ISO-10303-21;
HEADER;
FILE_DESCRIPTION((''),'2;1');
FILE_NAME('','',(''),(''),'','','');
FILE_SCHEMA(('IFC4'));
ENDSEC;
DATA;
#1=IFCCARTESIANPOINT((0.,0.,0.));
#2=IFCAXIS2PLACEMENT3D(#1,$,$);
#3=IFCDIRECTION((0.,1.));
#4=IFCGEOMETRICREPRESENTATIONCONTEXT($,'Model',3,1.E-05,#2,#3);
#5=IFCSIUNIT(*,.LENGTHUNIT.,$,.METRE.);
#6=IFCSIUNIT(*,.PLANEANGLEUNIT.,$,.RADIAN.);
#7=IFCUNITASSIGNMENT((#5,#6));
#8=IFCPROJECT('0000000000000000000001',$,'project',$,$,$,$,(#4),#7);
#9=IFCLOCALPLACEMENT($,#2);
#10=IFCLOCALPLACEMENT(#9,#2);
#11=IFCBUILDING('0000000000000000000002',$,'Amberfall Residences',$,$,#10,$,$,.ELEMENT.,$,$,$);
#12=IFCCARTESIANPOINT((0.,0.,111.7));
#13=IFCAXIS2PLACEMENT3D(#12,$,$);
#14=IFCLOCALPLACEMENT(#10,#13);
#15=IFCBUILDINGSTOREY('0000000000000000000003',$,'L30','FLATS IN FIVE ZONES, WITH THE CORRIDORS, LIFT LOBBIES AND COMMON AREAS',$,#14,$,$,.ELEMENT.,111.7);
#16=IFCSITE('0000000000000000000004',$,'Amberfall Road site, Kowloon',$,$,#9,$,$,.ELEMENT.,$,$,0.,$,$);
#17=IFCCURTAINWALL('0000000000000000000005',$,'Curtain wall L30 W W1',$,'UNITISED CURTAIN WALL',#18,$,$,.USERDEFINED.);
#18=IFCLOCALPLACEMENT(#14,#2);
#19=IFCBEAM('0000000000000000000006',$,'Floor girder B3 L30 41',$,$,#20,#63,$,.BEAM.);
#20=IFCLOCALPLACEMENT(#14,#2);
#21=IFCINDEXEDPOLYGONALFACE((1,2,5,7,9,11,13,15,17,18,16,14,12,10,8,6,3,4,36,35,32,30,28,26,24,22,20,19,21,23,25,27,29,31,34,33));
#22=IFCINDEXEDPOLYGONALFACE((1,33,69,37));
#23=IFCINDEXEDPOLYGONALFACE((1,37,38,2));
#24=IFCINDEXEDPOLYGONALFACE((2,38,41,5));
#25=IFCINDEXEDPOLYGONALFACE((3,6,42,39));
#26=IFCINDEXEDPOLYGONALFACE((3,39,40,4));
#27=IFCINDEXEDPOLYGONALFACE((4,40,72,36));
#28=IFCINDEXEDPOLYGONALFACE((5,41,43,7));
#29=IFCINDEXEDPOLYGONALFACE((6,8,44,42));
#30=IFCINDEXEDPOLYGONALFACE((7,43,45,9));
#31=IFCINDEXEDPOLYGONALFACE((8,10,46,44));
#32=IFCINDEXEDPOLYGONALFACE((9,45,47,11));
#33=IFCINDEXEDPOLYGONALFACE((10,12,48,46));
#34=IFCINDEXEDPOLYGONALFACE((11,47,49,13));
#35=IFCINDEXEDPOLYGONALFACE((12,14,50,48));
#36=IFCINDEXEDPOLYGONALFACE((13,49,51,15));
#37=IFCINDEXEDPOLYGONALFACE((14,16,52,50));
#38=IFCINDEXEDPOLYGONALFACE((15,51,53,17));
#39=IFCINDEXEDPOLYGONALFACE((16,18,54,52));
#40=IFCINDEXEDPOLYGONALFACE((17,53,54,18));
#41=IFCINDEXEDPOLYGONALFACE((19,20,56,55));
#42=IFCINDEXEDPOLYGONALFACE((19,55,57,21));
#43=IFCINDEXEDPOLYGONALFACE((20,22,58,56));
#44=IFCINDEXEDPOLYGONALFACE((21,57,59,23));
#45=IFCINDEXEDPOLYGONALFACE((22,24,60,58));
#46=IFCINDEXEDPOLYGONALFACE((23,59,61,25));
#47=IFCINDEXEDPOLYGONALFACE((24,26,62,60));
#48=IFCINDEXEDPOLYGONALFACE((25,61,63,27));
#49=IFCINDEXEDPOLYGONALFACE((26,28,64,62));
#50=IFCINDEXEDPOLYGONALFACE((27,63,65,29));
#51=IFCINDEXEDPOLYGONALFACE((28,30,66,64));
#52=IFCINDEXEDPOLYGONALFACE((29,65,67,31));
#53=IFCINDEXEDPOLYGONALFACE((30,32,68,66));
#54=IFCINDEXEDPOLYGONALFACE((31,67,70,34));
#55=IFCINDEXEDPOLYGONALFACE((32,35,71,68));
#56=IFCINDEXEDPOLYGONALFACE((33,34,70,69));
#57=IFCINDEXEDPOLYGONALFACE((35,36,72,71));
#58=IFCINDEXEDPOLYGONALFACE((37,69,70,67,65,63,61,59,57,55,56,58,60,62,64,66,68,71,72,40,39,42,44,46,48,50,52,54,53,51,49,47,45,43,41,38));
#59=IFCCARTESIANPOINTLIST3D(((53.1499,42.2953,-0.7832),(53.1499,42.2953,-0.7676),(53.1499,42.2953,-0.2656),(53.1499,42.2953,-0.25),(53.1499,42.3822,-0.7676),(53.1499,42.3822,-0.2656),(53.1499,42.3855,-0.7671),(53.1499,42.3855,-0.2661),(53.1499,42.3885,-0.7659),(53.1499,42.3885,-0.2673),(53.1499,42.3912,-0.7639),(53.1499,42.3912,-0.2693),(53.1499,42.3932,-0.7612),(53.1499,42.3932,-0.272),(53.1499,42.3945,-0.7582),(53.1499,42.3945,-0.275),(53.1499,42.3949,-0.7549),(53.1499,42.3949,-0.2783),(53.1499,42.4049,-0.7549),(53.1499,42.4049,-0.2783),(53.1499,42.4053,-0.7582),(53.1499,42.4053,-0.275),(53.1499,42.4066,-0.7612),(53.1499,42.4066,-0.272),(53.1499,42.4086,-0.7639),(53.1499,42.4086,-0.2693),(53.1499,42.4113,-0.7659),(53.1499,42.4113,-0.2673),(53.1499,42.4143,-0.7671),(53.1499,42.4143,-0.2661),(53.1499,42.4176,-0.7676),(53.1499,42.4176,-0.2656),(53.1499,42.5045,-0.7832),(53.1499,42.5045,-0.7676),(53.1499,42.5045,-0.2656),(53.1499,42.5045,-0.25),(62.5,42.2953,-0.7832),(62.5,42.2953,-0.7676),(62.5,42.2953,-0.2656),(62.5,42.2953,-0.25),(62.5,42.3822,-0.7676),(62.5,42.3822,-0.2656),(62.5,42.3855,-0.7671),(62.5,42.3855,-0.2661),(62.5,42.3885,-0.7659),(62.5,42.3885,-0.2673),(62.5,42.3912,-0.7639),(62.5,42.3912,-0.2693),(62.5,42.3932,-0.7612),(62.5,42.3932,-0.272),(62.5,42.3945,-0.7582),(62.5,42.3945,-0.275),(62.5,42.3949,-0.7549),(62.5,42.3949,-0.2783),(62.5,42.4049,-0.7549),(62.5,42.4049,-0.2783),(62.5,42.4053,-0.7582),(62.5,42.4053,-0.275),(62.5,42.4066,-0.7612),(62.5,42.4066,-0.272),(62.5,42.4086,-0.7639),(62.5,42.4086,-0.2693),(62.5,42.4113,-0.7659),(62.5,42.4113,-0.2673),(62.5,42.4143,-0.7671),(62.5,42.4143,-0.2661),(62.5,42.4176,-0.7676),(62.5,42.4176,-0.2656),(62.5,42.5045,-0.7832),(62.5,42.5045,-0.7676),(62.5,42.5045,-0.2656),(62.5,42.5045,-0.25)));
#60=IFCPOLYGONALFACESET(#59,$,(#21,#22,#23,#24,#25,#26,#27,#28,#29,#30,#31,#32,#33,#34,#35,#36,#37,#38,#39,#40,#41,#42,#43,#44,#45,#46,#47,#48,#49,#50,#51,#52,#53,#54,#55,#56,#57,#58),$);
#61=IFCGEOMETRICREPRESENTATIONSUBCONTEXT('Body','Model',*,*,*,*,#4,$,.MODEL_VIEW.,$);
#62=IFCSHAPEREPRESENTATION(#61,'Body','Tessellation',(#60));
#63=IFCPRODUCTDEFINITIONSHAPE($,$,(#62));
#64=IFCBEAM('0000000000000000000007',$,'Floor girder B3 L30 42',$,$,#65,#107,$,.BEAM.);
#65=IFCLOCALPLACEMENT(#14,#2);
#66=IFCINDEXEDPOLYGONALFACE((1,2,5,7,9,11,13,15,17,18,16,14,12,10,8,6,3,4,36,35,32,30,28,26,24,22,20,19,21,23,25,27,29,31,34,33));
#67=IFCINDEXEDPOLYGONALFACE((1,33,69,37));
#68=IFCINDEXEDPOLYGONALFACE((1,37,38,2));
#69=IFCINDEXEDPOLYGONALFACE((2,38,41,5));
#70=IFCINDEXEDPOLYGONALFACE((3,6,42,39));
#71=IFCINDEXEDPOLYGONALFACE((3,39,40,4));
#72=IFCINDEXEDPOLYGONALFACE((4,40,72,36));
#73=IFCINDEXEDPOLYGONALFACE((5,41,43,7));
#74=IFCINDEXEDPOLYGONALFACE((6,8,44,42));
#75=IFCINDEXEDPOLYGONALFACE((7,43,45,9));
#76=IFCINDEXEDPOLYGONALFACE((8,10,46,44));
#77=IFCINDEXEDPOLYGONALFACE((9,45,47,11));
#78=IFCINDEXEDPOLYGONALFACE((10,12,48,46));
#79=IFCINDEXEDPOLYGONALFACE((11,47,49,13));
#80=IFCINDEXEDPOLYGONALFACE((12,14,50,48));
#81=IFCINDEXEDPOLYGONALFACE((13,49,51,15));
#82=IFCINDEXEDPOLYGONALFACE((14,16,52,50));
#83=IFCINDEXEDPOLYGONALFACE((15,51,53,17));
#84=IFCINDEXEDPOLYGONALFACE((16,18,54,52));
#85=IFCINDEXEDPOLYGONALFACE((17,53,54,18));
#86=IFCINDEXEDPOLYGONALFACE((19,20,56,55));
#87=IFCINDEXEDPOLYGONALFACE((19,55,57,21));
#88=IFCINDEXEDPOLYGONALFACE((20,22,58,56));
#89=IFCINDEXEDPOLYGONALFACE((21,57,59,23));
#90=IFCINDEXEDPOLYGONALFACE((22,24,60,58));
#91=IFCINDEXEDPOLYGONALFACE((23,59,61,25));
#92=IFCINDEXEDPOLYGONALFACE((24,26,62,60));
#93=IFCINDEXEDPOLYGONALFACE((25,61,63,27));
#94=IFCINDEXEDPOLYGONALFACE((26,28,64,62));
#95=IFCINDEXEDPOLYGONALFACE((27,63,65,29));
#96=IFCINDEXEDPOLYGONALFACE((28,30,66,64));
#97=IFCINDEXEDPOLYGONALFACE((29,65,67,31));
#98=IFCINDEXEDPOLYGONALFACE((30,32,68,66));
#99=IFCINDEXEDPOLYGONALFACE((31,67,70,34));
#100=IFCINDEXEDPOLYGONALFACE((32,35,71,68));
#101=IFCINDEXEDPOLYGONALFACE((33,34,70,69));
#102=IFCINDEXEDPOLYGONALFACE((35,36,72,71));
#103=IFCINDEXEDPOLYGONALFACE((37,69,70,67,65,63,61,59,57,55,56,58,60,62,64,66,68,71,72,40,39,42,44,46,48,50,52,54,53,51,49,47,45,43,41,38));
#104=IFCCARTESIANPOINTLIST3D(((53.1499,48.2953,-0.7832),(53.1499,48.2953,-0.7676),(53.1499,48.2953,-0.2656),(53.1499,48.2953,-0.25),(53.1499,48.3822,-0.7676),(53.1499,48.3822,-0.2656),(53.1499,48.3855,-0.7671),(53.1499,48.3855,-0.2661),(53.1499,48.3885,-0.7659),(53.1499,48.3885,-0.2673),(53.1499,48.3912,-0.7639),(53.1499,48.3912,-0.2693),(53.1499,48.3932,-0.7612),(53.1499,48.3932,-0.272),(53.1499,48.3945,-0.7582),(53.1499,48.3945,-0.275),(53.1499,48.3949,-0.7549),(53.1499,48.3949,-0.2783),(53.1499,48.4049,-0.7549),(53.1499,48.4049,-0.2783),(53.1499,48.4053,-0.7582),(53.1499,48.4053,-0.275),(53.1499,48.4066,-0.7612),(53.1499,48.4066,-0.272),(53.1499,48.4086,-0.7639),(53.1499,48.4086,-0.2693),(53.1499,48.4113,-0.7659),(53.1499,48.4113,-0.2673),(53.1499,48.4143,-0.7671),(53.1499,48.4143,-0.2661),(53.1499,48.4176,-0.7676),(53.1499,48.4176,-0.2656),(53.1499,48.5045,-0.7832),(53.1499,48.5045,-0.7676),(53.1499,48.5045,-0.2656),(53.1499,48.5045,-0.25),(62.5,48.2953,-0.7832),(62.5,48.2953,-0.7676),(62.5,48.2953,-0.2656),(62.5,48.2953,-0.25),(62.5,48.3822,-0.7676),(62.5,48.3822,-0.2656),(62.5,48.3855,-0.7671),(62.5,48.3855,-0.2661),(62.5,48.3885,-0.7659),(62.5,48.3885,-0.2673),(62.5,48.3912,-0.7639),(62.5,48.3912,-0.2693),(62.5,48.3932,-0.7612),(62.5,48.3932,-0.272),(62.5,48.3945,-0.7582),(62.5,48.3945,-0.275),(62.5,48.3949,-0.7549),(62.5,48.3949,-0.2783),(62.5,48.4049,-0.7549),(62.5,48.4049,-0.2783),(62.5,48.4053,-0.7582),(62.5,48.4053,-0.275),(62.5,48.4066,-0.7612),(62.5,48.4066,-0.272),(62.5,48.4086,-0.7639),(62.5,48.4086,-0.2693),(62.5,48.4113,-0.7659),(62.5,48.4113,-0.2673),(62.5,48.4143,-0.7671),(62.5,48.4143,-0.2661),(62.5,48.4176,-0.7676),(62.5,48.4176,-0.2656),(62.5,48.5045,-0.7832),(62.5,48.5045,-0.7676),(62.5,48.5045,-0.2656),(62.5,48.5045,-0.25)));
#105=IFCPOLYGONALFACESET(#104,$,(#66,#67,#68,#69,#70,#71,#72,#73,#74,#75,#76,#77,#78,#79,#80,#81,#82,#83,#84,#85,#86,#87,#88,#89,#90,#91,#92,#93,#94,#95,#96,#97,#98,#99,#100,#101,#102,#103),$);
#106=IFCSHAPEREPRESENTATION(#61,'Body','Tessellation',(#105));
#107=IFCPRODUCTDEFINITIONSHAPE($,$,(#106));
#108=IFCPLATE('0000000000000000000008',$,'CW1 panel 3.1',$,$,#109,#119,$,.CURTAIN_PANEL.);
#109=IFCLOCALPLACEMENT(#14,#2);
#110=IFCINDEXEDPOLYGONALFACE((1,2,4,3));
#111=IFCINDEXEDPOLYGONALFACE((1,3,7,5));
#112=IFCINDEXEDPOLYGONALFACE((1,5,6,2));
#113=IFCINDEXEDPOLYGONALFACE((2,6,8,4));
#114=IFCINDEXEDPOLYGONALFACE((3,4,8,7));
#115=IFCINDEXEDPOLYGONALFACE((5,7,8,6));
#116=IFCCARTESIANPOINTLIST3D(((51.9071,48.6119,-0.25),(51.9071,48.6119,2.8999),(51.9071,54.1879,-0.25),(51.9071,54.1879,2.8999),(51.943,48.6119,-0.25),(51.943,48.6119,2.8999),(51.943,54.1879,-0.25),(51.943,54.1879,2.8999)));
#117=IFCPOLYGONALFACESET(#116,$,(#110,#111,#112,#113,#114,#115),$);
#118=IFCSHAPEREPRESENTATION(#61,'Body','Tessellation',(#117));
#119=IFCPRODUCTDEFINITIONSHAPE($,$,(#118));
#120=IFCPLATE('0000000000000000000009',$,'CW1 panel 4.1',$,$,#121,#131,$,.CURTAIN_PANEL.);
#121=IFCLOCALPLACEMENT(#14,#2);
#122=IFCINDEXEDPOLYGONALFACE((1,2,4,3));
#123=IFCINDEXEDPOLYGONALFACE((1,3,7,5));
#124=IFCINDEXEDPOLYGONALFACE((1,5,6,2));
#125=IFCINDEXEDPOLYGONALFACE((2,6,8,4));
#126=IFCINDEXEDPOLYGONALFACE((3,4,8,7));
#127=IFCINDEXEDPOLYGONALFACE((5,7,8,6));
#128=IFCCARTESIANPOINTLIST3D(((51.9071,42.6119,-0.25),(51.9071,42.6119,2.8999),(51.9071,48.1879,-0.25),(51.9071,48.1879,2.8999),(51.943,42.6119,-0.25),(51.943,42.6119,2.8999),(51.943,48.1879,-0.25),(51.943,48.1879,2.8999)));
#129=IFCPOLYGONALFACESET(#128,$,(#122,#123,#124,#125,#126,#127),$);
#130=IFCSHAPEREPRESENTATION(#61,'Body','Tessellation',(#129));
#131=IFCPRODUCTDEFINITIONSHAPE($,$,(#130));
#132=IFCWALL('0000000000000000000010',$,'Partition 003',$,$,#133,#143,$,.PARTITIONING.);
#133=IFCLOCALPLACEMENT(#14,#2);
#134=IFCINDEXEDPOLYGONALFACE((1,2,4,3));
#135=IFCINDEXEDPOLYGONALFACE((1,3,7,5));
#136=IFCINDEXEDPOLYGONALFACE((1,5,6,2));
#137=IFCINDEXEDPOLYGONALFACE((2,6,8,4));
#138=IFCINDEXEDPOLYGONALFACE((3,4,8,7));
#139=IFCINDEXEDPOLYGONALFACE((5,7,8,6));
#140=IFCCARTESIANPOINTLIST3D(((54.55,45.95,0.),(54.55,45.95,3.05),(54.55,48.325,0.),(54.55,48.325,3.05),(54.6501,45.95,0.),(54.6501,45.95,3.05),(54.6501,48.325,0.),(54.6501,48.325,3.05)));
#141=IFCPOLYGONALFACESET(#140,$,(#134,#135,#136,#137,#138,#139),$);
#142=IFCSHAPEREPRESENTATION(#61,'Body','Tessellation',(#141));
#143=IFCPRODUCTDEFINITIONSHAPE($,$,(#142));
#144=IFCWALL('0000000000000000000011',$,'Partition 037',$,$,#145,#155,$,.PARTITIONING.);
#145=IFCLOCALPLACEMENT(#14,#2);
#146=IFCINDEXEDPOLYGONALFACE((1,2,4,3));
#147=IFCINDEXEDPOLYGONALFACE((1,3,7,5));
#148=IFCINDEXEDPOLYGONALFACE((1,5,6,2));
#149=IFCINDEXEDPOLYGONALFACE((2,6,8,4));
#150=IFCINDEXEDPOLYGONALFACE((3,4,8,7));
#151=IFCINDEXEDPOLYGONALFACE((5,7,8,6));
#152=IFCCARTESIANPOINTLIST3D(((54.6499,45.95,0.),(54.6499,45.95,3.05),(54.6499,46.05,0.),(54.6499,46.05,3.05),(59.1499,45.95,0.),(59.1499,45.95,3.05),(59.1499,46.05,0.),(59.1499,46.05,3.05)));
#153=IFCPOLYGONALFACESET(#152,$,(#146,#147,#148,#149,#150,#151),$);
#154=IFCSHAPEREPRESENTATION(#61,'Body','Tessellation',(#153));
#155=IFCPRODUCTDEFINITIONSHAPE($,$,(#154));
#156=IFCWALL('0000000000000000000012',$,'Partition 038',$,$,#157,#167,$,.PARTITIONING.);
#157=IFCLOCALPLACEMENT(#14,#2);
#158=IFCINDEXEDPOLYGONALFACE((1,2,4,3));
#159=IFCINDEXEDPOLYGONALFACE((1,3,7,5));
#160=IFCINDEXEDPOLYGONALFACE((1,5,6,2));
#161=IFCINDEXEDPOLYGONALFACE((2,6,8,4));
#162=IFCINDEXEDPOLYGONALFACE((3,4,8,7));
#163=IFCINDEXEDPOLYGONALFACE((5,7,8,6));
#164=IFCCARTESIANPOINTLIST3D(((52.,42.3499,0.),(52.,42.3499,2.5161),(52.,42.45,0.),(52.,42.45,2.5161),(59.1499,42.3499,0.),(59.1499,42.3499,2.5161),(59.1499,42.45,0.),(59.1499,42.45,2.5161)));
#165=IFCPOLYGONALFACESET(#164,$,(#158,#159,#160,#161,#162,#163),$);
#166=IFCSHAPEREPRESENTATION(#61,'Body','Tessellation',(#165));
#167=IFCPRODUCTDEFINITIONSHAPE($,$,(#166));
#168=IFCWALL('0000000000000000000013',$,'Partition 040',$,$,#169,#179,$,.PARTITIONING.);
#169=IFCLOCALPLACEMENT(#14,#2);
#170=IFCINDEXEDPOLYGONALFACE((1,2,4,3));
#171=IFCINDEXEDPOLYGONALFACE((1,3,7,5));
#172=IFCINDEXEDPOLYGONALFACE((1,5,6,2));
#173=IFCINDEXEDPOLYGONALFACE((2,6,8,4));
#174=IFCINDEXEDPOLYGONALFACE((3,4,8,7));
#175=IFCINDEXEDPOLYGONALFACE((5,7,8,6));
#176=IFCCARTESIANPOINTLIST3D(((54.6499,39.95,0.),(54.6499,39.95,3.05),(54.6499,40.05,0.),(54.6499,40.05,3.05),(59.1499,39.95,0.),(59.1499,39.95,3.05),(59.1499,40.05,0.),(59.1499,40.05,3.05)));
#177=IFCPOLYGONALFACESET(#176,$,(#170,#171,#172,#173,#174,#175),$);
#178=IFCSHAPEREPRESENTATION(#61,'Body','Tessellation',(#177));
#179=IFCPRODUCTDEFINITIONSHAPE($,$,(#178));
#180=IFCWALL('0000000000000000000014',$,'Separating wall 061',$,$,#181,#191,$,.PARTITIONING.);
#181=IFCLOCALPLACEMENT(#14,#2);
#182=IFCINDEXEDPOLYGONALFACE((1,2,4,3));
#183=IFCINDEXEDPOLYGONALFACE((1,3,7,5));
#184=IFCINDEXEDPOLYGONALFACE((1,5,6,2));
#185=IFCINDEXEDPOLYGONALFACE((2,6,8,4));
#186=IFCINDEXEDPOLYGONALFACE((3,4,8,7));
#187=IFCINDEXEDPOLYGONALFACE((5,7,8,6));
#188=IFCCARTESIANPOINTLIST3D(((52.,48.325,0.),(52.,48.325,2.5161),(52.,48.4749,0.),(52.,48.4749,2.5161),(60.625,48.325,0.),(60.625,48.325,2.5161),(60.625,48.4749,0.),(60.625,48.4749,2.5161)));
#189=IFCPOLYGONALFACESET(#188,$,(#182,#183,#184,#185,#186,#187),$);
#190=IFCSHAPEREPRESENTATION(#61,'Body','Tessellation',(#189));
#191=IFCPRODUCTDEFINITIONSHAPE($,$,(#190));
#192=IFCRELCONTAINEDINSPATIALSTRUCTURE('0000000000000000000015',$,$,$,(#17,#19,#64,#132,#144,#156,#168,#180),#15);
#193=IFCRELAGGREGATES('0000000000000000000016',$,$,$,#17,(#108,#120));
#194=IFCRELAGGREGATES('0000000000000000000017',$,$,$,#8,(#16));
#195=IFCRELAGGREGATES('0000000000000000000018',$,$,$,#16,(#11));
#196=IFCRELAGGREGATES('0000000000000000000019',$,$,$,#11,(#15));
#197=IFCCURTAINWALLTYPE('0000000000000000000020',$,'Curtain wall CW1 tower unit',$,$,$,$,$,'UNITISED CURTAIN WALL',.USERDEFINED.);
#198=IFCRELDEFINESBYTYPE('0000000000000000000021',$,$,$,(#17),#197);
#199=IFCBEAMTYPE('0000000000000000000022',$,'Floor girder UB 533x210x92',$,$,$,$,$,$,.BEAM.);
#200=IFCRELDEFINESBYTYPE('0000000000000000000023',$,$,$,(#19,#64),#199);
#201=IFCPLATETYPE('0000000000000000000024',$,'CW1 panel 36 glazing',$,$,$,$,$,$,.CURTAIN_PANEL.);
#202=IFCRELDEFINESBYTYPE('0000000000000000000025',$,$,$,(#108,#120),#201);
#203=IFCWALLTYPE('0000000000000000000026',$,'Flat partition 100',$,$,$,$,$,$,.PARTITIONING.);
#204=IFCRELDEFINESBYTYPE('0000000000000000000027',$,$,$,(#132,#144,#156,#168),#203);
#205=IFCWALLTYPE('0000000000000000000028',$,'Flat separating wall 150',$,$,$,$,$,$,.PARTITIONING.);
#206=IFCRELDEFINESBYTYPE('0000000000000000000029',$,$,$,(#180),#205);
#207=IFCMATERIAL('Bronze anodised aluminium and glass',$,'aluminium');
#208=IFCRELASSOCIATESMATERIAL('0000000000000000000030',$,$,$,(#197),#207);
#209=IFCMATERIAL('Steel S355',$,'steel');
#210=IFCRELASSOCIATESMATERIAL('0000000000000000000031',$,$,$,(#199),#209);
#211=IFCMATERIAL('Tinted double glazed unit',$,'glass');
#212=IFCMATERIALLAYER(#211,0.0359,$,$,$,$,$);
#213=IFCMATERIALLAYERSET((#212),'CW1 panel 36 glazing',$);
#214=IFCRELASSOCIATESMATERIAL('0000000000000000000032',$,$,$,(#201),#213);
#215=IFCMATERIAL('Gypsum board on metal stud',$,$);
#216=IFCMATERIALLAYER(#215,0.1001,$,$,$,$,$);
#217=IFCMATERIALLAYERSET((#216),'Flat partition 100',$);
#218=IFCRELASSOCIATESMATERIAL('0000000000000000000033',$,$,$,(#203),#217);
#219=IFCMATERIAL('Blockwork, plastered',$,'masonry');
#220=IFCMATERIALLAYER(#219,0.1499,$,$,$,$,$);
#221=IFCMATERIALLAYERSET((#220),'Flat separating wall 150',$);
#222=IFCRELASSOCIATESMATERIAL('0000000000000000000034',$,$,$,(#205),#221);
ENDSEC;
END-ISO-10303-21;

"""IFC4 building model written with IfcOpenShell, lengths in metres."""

from ifc_helpers import new_model, si_unit, direction, frame, frame_2d, origin, origin_2d, place, context, subcontext, project, spatial, rectangle, i_section, extrude, material, layer, layer_set, material_profile, profile_set, type_object, element, aggregate, save


model = new_model("IFC4")

# Units and contexts
model_context = context("Model", 3, precision=1e-05, world=origin(), true_north=direction((0.0, 1.0)))
body_context = subcontext(model_context, "Body", "Model", "MODEL_VIEW")
ifc_project = project(units=[si_unit("LENGTHUNIT", "METRE"), si_unit("PLANEANGLEUNIT", "RADIAN")], contexts=[model_context])

# Site, building, storey
site_placement = place(None, origin())
site = spatial("IfcSite", under=ifc_project, at=site_placement, Name="Amberfall Road site, Kowloon", CompositionType="ELEMENT", RefElevation=0.0)
building_placement = place(site_placement, origin())
building = spatial("IfcBuilding", under=site, at=building_placement, Name="Amberfall Residences", CompositionType="ELEMENT")
storey_placement = place(building_placement, frame((0.0, 0.0, 111.7)))
storey = spatial("IfcBuildingStorey", under=building, at=storey_placement, Name="L30", Description="FLATS IN FIVE ZONES, WITH THE CORRIDORS, LIFT LOBBIES AND COMMON AREAS", CompositionType="ELEMENT", Elevation=111.7)

# Curtain wall
ifc_material_1 = material(Name="Bronze anodised aluminium and glass", Category="aluminium")
curtain_wall_type = type_object("IfcCurtainWallType", Name="Curtain wall CW1 tower unit", ElementType="UNITISED CURTAIN WALL", PredefinedType="USERDEFINED", material=ifc_material_1)
curtain_wall_placement = place(storey_placement, origin())
curtain_wall = element("IfcCurtainWall", 1, at=curtain_wall_placement, inside=storey, type_object=curtain_wall_type, Name="Curtain wall L30 W W1", ObjectType="UNITISED CURTAIN WALL", PredefinedType="USERDEFINED")

# Shared definitions
ifc_material_2 = material(Name="Steel S355", Category="steel")

# Beams
ifc_material_profile_1 = material_profile(ifc_material_2, i_section(OverallWidth=0.2092, OverallDepth=0.5332, WebThickness=0.01, FlangeThickness=0.0156, FilletRadius=0.0127, at=origin_2d()), Name="UB 533x210x92")
ifc_profile_set_1 = profile_set([ifc_material_profile_1], Name="Steel S355")
beam_type_1 = type_object("IfcBeamType", Name="Floor girder UB 533x210x92", PredefinedType="BEAM", material=ifc_profile_set_1)
for number, where, z_axis, x_axis, name in (
    (2, (53.1499, 42.3999, -0.5166), (1.0, 0.0, 0.0), (0.0, 1.0, 0.0), "Floor girder B3 L30 41"),
    (3, (53.1499, 48.3999, -0.5166), (1.0, 0.0, 0.0), (0.0, 1.0, 0.0), "Floor girder B3 L30 42"),
):
    element("IfcBeam", number, at=place(storey_placement, frame(where, z_axis=z_axis, x_axis=x_axis)), inside=storey, type_object=beam_type_1, Name=name, PredefinedType="BEAM", context=body_context, shape_type="SweptSolid", body=[
        extrude(i_section(OverallWidth=0.2092, OverallDepth=0.5332, WebThickness=0.01, FlangeThickness=0.0156, FilletRadius=0.0127, at=origin_2d()), origin(), (0.0, 0.0, 1.0), 9.3501),
    ])

# Plates
ifc_material_3 = material(Name="Tinted double glazed unit", Category="glass")
ifc_layer_1 = layer(ifc_material_3, 0.0359)
ifc_layer_set_1 = layer_set([ifc_layer_1], Name="CW1 panel 36 glazing")
plate_type = type_object("IfcPlateType", Name="CW1 panel 36 glazing", PredefinedType="CURTAIN_PANEL", material=ifc_layer_set_1)
plate_1_placement = place(storey_placement, frame((51.925, 51.3999, -0.25), z_axis=(0.0, 0.0, 1.0), x_axis=(0.0, -1.0, 0.0)))
plate_1 = element("IfcPlate", 4, at=plate_1_placement, type_object=plate_type, Name="CW1 panel 3.1", PredefinedType="CURTAIN_PANEL", context=body_context, shape_type="SweptSolid", body=[
    extrude(rectangle(XDim=5.5759, YDim=0.0359, at=origin_2d()), origin(), (0.0, 0.0, 1.0), 3.1499),
])
plate_2_placement = place(storey_placement, frame((51.925, 45.3999, -0.25), z_axis=(0.0, 0.0, 1.0), x_axis=(0.0, -1.0, 0.0)))
plate_2 = element("IfcPlate", 5, at=plate_2_placement, type_object=plate_type, Name="CW1 panel 4.1", PredefinedType="CURTAIN_PANEL", context=body_context, shape_type="SweptSolid", body=[
    extrude(rectangle(XDim=5.5759, YDim=0.0359, at=origin_2d()), origin(), (0.0, 0.0, 1.0), 3.1499),
])
aggregate(curtain_wall, [plate_1, plate_2])

# Walls
ifc_material_4 = material(Name="Gypsum board on metal stud")
ifc_layer_2 = layer(ifc_material_4, 0.1001)
ifc_layer_set_2 = layer_set([ifc_layer_2], Name="Flat partition 100")
wall_type_1 = type_object("IfcWallType", Name="Flat partition 100", PredefinedType="PARTITIONING", material=ifc_layer_set_2)
wall_1_placement = place(storey_placement, frame((54.6001, 45.95, 0.0), z_axis=(0.0, 0.0, 1.0), x_axis=(0.0, 1.0, 0.0)))
element("IfcWall", 6, at=wall_1_placement, inside=storey, type_object=wall_type_1, Name="Partition 003", PredefinedType="PARTITIONING", context=body_context, shape_type="SweptSolid", body=[
    extrude(rectangle(XDim=2.375, YDim=0.1001, at=frame_2d((1.1875, 0.0))), origin(), (0.0, 0.0, 1.0), 3.05),
])
wall_2_placement = place(storey_placement, frame((54.6499, 46.0, 0.0), z_axis=(0.0, 0.0, 1.0), x_axis=(1.0, 0.0, 0.0)))
element("IfcWall", 7, at=wall_2_placement, inside=storey, type_object=wall_type_1, Name="Partition 037", PredefinedType="PARTITIONING", context=body_context, shape_type="SweptSolid", body=[
    extrude(rectangle(XDim=4.5, YDim=0.1001, at=frame_2d((2.25, 0.0))), origin(), (0.0, 0.0, 1.0), 3.05),
])
wall_3_placement = place(storey_placement, frame((52.0, 42.3999, 0.0), z_axis=(0.0, 0.0, 1.0), x_axis=(1.0, 0.0, 0.0)))
element("IfcWall", 8, at=wall_3_placement, inside=storey, type_object=wall_type_1, Name="Partition 038", PredefinedType="PARTITIONING", context=body_context, shape_type="SweptSolid", body=[
    extrude(rectangle(XDim=7.1499, YDim=0.1001, at=frame_2d((3.575, 0.0))), origin(), (0.0, 0.0, 1.0), 2.5161),
])
wall_4_placement = place(storey_placement, frame((54.6499, 40.0, 0.0), z_axis=(0.0, 0.0, 1.0), x_axis=(1.0, 0.0, 0.0)))
element("IfcWall", 9, at=wall_4_placement, inside=storey, type_object=wall_type_1, Name="Partition 040", PredefinedType="PARTITIONING", context=body_context, shape_type="SweptSolid", body=[
    extrude(rectangle(XDim=4.5, YDim=0.1001, at=frame_2d((2.25, 0.0))), origin(), (0.0, 0.0, 1.0), 3.05),
])
ifc_material_5 = material(Name="Blockwork, plastered", Category="masonry")
ifc_layer_3 = layer(ifc_material_5, 0.1499)
ifc_layer_set_3 = layer_set([ifc_layer_3], Name="Flat separating wall 150")
wall_type_2 = type_object("IfcWallType", Name="Flat separating wall 150", PredefinedType="PARTITIONING", material=ifc_layer_set_3)
wall_5_placement = place(storey_placement, frame((52.0, 48.3999, 0.0), z_axis=(0.0, 0.0, 1.0), x_axis=(1.0, 0.0, 0.0)))
element("IfcWall", 10, at=wall_5_placement, inside=storey, type_object=wall_type_2, Name="Separating wall 061", PredefinedType="PARTITIONING", context=body_context, shape_type="SweptSolid", body=[
    extrude(rectangle(XDim=8.625, YDim=0.1499, at=frame_2d((4.3125, 0.0))), origin(), (0.0, 0.0, 1.0), 2.5161),
])

save(model, "model.ifc")
